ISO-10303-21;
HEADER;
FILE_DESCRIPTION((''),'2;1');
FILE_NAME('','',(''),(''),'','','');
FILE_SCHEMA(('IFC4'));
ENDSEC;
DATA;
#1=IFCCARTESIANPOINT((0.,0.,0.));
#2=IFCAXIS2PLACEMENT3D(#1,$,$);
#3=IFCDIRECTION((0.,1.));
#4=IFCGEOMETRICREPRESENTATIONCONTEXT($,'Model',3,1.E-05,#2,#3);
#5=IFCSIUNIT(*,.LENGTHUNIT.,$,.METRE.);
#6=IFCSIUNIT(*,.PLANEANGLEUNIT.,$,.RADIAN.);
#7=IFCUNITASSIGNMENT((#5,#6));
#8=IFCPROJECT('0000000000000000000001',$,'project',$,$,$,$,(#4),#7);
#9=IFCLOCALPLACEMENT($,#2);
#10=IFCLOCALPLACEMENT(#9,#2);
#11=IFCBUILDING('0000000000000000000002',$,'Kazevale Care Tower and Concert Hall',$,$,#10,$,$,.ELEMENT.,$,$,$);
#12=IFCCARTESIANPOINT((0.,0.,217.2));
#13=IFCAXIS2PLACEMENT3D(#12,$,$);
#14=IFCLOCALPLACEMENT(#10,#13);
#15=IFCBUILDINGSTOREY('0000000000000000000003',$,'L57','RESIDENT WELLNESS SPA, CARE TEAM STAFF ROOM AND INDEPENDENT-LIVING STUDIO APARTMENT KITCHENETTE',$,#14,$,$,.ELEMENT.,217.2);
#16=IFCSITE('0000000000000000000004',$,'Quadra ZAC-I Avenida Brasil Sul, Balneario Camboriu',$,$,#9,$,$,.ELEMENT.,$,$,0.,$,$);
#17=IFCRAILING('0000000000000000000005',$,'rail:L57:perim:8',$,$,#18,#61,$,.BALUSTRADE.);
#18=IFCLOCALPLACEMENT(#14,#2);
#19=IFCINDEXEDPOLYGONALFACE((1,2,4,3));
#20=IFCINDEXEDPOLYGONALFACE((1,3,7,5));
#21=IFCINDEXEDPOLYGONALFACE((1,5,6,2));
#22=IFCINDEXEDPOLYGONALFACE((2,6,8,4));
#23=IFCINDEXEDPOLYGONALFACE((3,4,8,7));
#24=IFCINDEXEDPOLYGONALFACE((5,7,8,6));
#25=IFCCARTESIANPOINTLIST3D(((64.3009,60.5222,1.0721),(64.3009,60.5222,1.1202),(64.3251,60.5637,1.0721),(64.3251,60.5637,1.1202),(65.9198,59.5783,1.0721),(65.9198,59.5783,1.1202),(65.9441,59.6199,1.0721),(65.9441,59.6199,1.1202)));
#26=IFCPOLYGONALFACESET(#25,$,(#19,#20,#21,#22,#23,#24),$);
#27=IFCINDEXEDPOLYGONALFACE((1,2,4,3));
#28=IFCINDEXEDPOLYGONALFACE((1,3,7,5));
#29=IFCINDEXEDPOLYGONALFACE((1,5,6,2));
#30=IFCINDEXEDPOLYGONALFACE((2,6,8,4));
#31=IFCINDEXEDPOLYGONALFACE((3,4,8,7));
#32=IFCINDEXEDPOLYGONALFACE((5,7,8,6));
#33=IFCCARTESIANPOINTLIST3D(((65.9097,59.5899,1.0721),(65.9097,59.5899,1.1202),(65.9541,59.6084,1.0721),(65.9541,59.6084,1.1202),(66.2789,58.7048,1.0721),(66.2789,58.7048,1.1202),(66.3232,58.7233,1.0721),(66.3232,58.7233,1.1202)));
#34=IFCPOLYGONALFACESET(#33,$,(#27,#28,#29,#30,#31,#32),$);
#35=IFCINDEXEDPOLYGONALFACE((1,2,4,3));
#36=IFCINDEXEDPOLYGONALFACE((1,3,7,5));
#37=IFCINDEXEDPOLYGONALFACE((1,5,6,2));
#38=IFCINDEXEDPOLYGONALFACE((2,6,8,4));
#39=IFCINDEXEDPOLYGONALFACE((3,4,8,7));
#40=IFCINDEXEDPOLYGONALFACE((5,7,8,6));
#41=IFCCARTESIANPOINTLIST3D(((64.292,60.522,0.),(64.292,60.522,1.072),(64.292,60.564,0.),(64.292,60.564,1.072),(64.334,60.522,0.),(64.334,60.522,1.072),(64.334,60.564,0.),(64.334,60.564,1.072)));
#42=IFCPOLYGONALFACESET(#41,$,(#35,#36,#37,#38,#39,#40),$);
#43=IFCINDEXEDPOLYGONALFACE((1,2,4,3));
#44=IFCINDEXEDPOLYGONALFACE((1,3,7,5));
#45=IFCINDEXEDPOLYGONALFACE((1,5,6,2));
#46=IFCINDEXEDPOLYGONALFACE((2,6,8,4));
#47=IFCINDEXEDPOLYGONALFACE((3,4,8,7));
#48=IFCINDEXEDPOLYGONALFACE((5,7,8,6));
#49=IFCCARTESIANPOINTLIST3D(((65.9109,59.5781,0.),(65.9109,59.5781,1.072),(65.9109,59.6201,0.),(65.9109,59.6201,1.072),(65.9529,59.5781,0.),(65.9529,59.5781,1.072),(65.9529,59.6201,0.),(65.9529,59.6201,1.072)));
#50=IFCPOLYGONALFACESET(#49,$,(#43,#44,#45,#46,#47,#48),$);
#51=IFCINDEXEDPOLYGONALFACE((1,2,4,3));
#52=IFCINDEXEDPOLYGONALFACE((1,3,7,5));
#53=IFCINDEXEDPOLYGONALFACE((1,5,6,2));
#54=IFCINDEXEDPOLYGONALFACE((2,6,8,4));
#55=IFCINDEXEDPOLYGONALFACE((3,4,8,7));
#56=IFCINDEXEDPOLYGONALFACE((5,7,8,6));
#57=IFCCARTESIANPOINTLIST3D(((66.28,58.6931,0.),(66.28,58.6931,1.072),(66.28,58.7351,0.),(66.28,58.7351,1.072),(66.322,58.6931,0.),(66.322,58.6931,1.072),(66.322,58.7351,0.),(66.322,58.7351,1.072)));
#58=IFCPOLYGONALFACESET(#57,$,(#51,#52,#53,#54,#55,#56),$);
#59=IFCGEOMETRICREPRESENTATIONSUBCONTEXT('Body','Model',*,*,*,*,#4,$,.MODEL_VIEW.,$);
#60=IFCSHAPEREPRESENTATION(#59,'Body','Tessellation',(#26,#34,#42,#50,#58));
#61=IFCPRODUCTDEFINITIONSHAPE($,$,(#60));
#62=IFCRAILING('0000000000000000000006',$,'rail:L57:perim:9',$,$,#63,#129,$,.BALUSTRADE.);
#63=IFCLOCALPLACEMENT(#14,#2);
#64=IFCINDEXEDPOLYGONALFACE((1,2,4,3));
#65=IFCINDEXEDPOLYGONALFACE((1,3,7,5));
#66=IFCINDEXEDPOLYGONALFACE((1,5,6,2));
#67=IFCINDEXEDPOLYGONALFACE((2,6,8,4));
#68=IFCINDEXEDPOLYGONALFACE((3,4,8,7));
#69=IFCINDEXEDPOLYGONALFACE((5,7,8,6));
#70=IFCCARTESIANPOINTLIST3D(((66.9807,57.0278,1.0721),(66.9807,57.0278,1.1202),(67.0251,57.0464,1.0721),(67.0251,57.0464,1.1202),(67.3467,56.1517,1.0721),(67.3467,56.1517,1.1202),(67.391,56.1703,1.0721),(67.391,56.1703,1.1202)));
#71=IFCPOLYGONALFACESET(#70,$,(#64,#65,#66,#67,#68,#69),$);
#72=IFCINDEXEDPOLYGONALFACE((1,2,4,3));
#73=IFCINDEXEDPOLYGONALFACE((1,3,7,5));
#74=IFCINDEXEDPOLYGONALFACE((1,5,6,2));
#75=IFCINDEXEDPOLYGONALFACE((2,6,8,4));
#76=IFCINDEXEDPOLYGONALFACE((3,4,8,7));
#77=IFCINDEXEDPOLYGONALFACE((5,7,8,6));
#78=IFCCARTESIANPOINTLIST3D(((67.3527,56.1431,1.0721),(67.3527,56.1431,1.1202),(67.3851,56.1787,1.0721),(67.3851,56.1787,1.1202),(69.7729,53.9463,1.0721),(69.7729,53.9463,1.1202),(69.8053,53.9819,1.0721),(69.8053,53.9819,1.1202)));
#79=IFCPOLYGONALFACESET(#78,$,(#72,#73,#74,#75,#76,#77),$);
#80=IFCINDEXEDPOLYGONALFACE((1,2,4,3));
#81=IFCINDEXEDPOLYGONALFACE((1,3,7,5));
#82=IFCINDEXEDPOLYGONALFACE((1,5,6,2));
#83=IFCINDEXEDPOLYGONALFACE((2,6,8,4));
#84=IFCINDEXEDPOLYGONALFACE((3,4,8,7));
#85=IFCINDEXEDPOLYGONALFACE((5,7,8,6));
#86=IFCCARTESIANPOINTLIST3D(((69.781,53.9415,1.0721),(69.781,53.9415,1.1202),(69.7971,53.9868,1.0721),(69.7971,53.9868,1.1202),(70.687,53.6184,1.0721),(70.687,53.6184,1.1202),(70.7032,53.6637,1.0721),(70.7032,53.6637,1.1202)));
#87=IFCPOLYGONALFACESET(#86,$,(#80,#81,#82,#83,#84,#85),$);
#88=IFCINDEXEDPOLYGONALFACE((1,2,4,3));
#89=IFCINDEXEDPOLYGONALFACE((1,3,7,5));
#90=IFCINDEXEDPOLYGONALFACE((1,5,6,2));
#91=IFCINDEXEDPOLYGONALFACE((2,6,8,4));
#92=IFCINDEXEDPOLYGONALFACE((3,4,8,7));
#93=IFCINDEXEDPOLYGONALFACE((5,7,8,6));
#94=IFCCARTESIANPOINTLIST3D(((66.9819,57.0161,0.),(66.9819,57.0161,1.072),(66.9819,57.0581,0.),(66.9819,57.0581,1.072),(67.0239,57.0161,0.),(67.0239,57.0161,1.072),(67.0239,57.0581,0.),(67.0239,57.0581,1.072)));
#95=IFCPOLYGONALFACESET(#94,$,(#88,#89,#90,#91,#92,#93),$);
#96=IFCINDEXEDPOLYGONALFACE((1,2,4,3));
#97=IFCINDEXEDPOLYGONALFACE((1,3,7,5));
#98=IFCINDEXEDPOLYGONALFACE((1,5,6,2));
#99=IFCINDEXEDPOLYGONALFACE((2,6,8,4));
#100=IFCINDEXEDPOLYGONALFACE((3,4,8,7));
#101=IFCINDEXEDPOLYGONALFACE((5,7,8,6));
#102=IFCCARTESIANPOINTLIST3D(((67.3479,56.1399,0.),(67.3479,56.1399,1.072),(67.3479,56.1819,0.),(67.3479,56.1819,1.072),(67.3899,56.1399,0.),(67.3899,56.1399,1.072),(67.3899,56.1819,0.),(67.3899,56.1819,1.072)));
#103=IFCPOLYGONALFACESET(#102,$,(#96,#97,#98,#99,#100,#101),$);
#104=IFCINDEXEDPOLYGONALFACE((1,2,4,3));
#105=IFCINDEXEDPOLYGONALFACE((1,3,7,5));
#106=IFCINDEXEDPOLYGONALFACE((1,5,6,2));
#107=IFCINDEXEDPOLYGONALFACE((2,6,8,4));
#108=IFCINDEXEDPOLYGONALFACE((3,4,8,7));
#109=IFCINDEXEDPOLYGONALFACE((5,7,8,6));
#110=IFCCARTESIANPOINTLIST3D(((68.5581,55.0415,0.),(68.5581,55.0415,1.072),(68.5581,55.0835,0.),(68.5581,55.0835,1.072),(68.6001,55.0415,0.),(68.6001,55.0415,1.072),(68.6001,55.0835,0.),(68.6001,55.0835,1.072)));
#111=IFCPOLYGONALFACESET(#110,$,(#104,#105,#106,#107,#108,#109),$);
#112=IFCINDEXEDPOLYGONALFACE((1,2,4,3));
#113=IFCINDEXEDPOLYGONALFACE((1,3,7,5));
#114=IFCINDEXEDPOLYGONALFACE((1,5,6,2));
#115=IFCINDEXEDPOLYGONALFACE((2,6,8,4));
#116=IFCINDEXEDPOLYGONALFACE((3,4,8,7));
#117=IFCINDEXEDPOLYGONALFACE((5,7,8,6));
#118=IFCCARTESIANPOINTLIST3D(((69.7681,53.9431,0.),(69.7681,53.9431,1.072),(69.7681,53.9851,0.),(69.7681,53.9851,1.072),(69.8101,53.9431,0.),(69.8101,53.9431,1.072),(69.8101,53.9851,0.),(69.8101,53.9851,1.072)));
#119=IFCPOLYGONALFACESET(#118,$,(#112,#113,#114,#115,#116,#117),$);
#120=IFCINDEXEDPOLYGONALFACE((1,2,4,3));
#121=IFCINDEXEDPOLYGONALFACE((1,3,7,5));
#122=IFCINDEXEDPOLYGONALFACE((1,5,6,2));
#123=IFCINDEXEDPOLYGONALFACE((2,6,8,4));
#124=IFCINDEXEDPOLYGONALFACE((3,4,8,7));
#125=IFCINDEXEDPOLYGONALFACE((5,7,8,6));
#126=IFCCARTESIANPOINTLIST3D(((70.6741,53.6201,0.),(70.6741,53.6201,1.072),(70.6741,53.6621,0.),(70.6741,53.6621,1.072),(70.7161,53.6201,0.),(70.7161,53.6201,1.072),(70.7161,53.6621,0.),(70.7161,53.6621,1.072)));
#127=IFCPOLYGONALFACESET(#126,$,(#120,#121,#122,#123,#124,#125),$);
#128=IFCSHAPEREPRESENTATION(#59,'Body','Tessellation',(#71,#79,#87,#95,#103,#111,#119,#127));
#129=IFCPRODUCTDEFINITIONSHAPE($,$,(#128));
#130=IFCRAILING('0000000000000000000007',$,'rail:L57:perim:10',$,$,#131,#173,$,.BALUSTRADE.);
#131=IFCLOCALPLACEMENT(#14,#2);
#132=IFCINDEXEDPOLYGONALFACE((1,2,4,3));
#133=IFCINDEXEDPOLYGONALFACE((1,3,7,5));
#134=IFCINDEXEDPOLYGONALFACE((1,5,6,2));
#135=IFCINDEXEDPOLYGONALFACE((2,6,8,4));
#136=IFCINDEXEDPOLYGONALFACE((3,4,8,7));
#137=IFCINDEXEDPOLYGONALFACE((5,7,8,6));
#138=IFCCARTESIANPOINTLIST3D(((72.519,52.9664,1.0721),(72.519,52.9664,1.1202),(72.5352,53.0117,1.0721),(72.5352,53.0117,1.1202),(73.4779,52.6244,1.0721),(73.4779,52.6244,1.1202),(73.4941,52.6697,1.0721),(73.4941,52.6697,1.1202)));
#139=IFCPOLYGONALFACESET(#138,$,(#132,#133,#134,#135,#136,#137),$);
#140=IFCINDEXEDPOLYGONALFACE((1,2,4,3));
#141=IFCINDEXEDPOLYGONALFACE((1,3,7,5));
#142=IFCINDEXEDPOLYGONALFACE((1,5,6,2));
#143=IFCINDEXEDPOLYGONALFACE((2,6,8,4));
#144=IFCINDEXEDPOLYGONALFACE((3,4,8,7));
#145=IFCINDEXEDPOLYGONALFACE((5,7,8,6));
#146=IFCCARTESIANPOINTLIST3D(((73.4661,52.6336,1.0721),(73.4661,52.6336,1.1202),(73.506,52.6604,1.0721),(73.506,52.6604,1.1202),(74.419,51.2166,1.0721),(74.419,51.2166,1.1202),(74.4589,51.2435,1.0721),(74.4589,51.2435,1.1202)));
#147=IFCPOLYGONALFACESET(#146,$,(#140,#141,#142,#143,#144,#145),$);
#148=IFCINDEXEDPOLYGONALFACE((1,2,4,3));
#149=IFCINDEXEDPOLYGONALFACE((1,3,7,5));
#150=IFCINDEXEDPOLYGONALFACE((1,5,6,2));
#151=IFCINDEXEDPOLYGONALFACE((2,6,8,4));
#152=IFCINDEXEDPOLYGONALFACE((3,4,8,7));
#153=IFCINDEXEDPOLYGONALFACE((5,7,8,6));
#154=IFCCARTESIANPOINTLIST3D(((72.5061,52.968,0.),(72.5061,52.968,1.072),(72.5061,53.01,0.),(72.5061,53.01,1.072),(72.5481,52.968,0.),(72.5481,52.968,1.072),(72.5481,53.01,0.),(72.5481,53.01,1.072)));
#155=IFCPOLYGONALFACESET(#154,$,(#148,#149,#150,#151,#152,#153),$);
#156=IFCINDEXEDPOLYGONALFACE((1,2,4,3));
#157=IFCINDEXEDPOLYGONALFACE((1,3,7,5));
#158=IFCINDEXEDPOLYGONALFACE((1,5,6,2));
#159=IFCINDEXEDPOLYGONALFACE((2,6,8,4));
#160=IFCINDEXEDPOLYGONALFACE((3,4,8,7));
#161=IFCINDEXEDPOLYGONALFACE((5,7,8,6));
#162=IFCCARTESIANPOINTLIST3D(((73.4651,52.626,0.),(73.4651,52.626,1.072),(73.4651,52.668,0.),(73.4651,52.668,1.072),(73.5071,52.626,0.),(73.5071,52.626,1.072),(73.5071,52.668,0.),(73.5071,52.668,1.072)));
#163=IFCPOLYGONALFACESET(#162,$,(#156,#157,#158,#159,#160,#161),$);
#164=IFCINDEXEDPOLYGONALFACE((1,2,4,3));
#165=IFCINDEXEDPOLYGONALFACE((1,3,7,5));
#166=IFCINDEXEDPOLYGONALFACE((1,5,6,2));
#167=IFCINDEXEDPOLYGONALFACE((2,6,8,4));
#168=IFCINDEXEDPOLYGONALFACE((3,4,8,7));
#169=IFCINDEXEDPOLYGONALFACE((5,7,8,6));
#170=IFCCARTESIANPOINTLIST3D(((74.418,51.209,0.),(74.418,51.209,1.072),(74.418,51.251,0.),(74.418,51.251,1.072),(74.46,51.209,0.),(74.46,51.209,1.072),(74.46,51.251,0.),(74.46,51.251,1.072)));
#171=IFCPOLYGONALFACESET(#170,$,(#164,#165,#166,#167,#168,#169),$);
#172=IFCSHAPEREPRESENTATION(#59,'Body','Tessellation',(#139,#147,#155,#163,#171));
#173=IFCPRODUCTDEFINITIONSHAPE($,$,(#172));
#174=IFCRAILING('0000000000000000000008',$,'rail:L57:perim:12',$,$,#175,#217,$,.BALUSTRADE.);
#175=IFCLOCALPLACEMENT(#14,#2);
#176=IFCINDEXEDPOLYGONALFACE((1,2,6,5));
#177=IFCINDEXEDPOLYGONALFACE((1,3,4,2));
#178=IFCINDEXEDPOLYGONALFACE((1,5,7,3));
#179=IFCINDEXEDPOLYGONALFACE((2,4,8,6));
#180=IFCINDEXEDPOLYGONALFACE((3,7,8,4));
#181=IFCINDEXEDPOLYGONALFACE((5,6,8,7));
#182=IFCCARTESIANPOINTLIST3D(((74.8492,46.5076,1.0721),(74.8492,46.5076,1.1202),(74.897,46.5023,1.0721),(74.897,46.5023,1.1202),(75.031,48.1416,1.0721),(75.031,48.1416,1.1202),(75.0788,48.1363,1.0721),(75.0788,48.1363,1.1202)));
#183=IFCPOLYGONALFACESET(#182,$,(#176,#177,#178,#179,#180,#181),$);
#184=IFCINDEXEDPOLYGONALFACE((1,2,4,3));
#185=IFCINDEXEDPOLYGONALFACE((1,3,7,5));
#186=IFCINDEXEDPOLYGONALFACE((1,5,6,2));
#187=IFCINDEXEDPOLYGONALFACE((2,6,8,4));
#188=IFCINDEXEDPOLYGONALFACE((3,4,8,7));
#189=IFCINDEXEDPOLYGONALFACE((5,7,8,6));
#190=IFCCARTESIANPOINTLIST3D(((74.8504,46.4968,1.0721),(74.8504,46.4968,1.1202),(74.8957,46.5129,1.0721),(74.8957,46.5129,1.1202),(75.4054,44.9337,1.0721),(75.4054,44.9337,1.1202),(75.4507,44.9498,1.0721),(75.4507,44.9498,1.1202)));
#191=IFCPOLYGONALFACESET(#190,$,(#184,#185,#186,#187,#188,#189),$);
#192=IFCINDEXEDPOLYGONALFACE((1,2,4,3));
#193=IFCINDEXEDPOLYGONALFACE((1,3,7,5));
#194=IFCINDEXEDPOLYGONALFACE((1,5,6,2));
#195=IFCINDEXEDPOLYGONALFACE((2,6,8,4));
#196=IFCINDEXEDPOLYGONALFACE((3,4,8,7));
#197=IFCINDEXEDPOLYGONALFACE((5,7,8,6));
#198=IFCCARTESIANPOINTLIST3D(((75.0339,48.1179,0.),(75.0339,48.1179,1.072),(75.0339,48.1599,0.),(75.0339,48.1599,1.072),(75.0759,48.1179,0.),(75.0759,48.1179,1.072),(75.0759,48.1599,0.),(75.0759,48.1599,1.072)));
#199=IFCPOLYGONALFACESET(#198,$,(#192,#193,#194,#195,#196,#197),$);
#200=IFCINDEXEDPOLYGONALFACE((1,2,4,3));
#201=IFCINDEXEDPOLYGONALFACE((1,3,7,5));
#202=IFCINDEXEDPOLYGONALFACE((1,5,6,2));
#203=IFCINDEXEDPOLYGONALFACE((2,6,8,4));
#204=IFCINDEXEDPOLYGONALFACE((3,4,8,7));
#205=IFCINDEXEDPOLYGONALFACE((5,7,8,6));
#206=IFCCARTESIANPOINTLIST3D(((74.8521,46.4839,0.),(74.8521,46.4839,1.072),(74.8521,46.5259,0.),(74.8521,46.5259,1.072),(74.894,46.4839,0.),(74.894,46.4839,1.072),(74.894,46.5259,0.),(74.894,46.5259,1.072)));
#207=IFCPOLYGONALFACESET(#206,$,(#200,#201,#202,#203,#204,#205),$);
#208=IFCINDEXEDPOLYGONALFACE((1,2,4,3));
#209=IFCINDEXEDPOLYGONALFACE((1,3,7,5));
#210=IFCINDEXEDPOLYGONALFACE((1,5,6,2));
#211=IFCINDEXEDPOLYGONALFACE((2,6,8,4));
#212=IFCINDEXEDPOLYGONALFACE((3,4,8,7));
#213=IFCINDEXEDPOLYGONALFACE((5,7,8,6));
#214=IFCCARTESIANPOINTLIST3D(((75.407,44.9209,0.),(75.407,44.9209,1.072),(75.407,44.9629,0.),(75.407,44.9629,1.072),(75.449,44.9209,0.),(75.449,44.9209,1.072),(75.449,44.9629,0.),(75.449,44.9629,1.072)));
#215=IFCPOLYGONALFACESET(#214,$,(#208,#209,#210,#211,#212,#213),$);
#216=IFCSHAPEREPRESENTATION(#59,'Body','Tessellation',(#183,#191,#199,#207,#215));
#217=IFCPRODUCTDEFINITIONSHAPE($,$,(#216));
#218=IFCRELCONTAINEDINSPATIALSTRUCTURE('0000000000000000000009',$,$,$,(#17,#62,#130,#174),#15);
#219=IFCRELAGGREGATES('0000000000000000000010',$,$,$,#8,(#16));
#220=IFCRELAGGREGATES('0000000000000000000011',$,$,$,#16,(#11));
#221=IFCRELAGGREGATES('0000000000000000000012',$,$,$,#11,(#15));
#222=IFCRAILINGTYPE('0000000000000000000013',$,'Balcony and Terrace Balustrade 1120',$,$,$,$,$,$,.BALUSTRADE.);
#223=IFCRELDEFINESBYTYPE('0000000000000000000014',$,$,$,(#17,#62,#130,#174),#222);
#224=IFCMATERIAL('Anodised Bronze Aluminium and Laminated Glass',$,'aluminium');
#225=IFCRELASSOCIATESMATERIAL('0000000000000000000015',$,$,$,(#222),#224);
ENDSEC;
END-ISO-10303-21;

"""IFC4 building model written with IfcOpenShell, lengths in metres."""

from ifc_helpers import new_model, si_unit, direction, frame, origin, origin_2d, place, context, subcontext, project, spatial, rectangle, extrude, material, type_object, element, save


model = new_model("IFC4")

# Units and contexts
model_context = context("Model", 3, precision=1e-05, world=origin(), true_north=direction((0.0, 1.0)))
body_context = subcontext(model_context, "Body", "Model", "MODEL_VIEW")
ifc_project = project(units=[si_unit("LENGTHUNIT", "METRE"), si_unit("PLANEANGLEUNIT", "RADIAN")], contexts=[model_context])

# Site, building, storey
site_placement = place(None, origin())
site = spatial("IfcSite", under=ifc_project, at=site_placement, Name="Quadra ZAC-I Avenida Brasil Sul, Balneario Camboriu", CompositionType="ELEMENT", RefElevation=0.0)
building_placement = place(site_placement, origin())
building = spatial("IfcBuilding", under=site, at=building_placement, Name="Kazevale Care Tower and Concert Hall", CompositionType="ELEMENT")
storey_placement = place(building_placement, frame((0.0, 0.0, 217.2)))
storey = spatial("IfcBuildingStorey", under=building, at=storey_placement, Name="L57", Description="RESIDENT WELLNESS SPA, CARE TEAM STAFF ROOM AND INDEPENDENT-LIVING STUDIO APARTMENT KITCHENETTE", CompositionType="ELEMENT", Elevation=217.2)

# Railings
ifc_material_1 = material(Name="Anodised Bronze Aluminium and Laminated Glass", Category="aluminium")
railing_type = type_object("IfcRailingType", Name="Balcony and Terrace Balustrade 1120", PredefinedType="BALUSTRADE", material=ifc_material_1)
railing_1_placement = place(storey_placement, frame((64.313, 60.543, 0.0)))
element("IfcRailing", 1, at=railing_1_placement, inside=storey, type_object=railing_type, Name="rail:L57:perim:8", PredefinedType="BALUSTRADE", context=body_context, shape_type="SweptSolid", body=[
    extrude(rectangle(XDim=0.0481, YDim=0.0481, at=origin_2d()), frame((0.0, 0.0, 1.0962), z_axis=(0.863897, -0.503669, 0.0), x_axis=(0.503669, 0.863897, 0.0)), (0.0, 0.0, 1.0), 1.874),
    extrude(rectangle(XDim=0.0481, YDim=0.0481, at=origin_2d()), frame((1.6189, -0.9438, 1.0962), z_axis=(0.384959, -0.922934, 0.0), x_axis=(0.922934, 0.384959, 0.0)), (0.0, 0.0, 1.0), 0.959),
    extrude(rectangle(XDim=0.042, YDim=0.042, at=origin_2d()), origin(), (0.0, 0.0, 1.0), 1.072),
    extrude(rectangle(XDim=0.042, YDim=0.042, at=origin_2d()), frame((1.6189, -0.9438, 0.0)), (0.0, 0.0, 1.0), 1.072),
    extrude(rectangle(XDim=0.042, YDim=0.042, at=origin_2d()), frame((1.988, -1.8289, 0.0)), (0.0, 0.0, 1.0), 1.072),
])
railing_2_placement = place(storey_placement, frame((67.0029, 57.0371, 0.0)))
element("IfcRailing", 2, at=railing_2_placement, inside=storey, type_object=railing_type, Name="rail:L57:perim:9", PredefinedType="BALUSTRADE", context=body_context, shape_type="SweptSolid", body=[
    extrude(rectangle(XDim=0.0481, YDim=0.0481, at=origin_2d()), frame((0.0, 0.0, 1.0962), z_axis=(0.3854, -0.92275, 0.0), x_axis=(0.92275, 0.3854, 0.0)), (0.0, 0.0, 1.0), 0.9495),
    extrude(rectangle(XDim=0.0481, YDim=0.0481, at=origin_2d()), frame((0.366, -0.8762, 1.0962), z_axis=(0.740454, -0.672107, 0.0), x_axis=(0.672107, 0.740454, 0.0)), (0.0, 0.0, 1.0), 3.2686),
    extrude(rectangle(XDim=0.0481, YDim=0.0481, at=origin_2d()), frame((2.7861, -3.073, 1.0962), z_axis=(0.941931, -0.335806, 0.0), x_axis=(0.335806, 0.941931, 0.0)), (0.0, 0.0, 1.0), 0.9619),
    extrude(rectangle(XDim=0.042, YDim=0.042, at=origin_2d()), origin(), (0.0, 0.0, 1.0), 1.072),
    extrude(rectangle(XDim=0.042, YDim=0.042, at=origin_2d()), frame((0.366, -0.8762, 0.0)), (0.0, 0.0, 1.0), 1.072),
    extrude(rectangle(XDim=0.042, YDim=0.042, at=origin_2d()), frame((1.5762, -1.9746, 0.0)), (0.0, 0.0, 1.0), 1.072),
    extrude(rectangle(XDim=0.042, YDim=0.042, at=origin_2d()), frame((2.7861, -3.073, 0.0)), (0.0, 0.0, 1.0), 1.072),
    extrude(rectangle(XDim=0.042, YDim=0.042, at=origin_2d()), frame((3.6921, -3.396, 0.0)), (0.0, 0.0, 1.0), 1.072),
])
railing_3_placement = place(storey_placement, frame((72.5271, 52.989, 0.0)))
element("IfcRailing", 3, at=railing_3_placement, inside=storey, type_object=railing_type, Name="rail:L57:perim:10", PredefinedType="BALUSTRADE", context=body_context, shape_type="SweptSolid", body=[
    extrude(rectangle(XDim=0.0481, YDim=0.0481, at=origin_2d()), frame((0.0, 0.0, 1.0962), z_axis=(0.941883, -0.335941, 0.0), x_axis=(0.335941, 0.941883, 0.0)), (0.0, 0.0, 1.0), 1.0181),
    extrude(rectangle(XDim=0.0481, YDim=0.0481, at=origin_2d()), frame((0.959, -0.342, 1.0962), z_axis=(0.558028, -0.829822, 0.0), x_axis=(0.829822, 0.558028, 0.0)), (0.0, 0.0, 1.0), 1.7075),
    extrude(rectangle(XDim=0.042, YDim=0.042, at=origin_2d()), origin(), (0.0, 0.0, 1.0), 1.072),
    extrude(rectangle(XDim=0.042, YDim=0.042, at=origin_2d()), frame((0.959, -0.342, 0.0)), (0.0, 0.0, 1.0), 1.072),
    extrude(rectangle(XDim=0.042, YDim=0.042, at=origin_2d()), frame((1.9119, -1.759, 0.0)), (0.0, 0.0, 1.0), 1.072),
])
railing_4_placement = place(storey_placement, frame((75.0549, 48.1389, 0.0)))
element("IfcRailing", 4, at=railing_4_placement, inside=storey, type_object=railing_type, Name="rail:L57:perim:12", PredefinedType="BALUSTRADE", context=body_context, shape_type="SweptSolid", body=[
    extrude(rectangle(XDim=0.0481, YDim=0.0481, at=origin_2d()), frame((0.0, 0.0, 1.0962), z_axis=(-0.110627, -0.993862, 0.0), x_axis=(0.993862, -0.110627, 0.0)), (0.0, 0.0, 1.0), 1.644),
    extrude(rectangle(XDim=0.0481, YDim=0.0481, at=origin_2d()), frame((-0.1819, -1.634, 1.0962), z_axis=(0.334583, -0.942366, 0.0), x_axis=(0.942366, 0.334583, 0.0)), (0.0, 0.0, 1.0), 1.6587),
    extrude(rectangle(XDim=0.042, YDim=0.042, at=origin_2d()), origin(), (0.0, 0.0, 1.0), 1.072),
    extrude(rectangle(XDim=0.042, YDim=0.042, at=origin_2d()), frame((-0.1819, -1.634, 0.0)), (0.0, 0.0, 1.0), 1.072),
    extrude(rectangle(XDim=0.042, YDim=0.042, at=origin_2d()), frame((0.373, -3.197, 0.0)), (0.0, 0.0, 1.0), 1.072),
])

save(model, "model.ifc")
